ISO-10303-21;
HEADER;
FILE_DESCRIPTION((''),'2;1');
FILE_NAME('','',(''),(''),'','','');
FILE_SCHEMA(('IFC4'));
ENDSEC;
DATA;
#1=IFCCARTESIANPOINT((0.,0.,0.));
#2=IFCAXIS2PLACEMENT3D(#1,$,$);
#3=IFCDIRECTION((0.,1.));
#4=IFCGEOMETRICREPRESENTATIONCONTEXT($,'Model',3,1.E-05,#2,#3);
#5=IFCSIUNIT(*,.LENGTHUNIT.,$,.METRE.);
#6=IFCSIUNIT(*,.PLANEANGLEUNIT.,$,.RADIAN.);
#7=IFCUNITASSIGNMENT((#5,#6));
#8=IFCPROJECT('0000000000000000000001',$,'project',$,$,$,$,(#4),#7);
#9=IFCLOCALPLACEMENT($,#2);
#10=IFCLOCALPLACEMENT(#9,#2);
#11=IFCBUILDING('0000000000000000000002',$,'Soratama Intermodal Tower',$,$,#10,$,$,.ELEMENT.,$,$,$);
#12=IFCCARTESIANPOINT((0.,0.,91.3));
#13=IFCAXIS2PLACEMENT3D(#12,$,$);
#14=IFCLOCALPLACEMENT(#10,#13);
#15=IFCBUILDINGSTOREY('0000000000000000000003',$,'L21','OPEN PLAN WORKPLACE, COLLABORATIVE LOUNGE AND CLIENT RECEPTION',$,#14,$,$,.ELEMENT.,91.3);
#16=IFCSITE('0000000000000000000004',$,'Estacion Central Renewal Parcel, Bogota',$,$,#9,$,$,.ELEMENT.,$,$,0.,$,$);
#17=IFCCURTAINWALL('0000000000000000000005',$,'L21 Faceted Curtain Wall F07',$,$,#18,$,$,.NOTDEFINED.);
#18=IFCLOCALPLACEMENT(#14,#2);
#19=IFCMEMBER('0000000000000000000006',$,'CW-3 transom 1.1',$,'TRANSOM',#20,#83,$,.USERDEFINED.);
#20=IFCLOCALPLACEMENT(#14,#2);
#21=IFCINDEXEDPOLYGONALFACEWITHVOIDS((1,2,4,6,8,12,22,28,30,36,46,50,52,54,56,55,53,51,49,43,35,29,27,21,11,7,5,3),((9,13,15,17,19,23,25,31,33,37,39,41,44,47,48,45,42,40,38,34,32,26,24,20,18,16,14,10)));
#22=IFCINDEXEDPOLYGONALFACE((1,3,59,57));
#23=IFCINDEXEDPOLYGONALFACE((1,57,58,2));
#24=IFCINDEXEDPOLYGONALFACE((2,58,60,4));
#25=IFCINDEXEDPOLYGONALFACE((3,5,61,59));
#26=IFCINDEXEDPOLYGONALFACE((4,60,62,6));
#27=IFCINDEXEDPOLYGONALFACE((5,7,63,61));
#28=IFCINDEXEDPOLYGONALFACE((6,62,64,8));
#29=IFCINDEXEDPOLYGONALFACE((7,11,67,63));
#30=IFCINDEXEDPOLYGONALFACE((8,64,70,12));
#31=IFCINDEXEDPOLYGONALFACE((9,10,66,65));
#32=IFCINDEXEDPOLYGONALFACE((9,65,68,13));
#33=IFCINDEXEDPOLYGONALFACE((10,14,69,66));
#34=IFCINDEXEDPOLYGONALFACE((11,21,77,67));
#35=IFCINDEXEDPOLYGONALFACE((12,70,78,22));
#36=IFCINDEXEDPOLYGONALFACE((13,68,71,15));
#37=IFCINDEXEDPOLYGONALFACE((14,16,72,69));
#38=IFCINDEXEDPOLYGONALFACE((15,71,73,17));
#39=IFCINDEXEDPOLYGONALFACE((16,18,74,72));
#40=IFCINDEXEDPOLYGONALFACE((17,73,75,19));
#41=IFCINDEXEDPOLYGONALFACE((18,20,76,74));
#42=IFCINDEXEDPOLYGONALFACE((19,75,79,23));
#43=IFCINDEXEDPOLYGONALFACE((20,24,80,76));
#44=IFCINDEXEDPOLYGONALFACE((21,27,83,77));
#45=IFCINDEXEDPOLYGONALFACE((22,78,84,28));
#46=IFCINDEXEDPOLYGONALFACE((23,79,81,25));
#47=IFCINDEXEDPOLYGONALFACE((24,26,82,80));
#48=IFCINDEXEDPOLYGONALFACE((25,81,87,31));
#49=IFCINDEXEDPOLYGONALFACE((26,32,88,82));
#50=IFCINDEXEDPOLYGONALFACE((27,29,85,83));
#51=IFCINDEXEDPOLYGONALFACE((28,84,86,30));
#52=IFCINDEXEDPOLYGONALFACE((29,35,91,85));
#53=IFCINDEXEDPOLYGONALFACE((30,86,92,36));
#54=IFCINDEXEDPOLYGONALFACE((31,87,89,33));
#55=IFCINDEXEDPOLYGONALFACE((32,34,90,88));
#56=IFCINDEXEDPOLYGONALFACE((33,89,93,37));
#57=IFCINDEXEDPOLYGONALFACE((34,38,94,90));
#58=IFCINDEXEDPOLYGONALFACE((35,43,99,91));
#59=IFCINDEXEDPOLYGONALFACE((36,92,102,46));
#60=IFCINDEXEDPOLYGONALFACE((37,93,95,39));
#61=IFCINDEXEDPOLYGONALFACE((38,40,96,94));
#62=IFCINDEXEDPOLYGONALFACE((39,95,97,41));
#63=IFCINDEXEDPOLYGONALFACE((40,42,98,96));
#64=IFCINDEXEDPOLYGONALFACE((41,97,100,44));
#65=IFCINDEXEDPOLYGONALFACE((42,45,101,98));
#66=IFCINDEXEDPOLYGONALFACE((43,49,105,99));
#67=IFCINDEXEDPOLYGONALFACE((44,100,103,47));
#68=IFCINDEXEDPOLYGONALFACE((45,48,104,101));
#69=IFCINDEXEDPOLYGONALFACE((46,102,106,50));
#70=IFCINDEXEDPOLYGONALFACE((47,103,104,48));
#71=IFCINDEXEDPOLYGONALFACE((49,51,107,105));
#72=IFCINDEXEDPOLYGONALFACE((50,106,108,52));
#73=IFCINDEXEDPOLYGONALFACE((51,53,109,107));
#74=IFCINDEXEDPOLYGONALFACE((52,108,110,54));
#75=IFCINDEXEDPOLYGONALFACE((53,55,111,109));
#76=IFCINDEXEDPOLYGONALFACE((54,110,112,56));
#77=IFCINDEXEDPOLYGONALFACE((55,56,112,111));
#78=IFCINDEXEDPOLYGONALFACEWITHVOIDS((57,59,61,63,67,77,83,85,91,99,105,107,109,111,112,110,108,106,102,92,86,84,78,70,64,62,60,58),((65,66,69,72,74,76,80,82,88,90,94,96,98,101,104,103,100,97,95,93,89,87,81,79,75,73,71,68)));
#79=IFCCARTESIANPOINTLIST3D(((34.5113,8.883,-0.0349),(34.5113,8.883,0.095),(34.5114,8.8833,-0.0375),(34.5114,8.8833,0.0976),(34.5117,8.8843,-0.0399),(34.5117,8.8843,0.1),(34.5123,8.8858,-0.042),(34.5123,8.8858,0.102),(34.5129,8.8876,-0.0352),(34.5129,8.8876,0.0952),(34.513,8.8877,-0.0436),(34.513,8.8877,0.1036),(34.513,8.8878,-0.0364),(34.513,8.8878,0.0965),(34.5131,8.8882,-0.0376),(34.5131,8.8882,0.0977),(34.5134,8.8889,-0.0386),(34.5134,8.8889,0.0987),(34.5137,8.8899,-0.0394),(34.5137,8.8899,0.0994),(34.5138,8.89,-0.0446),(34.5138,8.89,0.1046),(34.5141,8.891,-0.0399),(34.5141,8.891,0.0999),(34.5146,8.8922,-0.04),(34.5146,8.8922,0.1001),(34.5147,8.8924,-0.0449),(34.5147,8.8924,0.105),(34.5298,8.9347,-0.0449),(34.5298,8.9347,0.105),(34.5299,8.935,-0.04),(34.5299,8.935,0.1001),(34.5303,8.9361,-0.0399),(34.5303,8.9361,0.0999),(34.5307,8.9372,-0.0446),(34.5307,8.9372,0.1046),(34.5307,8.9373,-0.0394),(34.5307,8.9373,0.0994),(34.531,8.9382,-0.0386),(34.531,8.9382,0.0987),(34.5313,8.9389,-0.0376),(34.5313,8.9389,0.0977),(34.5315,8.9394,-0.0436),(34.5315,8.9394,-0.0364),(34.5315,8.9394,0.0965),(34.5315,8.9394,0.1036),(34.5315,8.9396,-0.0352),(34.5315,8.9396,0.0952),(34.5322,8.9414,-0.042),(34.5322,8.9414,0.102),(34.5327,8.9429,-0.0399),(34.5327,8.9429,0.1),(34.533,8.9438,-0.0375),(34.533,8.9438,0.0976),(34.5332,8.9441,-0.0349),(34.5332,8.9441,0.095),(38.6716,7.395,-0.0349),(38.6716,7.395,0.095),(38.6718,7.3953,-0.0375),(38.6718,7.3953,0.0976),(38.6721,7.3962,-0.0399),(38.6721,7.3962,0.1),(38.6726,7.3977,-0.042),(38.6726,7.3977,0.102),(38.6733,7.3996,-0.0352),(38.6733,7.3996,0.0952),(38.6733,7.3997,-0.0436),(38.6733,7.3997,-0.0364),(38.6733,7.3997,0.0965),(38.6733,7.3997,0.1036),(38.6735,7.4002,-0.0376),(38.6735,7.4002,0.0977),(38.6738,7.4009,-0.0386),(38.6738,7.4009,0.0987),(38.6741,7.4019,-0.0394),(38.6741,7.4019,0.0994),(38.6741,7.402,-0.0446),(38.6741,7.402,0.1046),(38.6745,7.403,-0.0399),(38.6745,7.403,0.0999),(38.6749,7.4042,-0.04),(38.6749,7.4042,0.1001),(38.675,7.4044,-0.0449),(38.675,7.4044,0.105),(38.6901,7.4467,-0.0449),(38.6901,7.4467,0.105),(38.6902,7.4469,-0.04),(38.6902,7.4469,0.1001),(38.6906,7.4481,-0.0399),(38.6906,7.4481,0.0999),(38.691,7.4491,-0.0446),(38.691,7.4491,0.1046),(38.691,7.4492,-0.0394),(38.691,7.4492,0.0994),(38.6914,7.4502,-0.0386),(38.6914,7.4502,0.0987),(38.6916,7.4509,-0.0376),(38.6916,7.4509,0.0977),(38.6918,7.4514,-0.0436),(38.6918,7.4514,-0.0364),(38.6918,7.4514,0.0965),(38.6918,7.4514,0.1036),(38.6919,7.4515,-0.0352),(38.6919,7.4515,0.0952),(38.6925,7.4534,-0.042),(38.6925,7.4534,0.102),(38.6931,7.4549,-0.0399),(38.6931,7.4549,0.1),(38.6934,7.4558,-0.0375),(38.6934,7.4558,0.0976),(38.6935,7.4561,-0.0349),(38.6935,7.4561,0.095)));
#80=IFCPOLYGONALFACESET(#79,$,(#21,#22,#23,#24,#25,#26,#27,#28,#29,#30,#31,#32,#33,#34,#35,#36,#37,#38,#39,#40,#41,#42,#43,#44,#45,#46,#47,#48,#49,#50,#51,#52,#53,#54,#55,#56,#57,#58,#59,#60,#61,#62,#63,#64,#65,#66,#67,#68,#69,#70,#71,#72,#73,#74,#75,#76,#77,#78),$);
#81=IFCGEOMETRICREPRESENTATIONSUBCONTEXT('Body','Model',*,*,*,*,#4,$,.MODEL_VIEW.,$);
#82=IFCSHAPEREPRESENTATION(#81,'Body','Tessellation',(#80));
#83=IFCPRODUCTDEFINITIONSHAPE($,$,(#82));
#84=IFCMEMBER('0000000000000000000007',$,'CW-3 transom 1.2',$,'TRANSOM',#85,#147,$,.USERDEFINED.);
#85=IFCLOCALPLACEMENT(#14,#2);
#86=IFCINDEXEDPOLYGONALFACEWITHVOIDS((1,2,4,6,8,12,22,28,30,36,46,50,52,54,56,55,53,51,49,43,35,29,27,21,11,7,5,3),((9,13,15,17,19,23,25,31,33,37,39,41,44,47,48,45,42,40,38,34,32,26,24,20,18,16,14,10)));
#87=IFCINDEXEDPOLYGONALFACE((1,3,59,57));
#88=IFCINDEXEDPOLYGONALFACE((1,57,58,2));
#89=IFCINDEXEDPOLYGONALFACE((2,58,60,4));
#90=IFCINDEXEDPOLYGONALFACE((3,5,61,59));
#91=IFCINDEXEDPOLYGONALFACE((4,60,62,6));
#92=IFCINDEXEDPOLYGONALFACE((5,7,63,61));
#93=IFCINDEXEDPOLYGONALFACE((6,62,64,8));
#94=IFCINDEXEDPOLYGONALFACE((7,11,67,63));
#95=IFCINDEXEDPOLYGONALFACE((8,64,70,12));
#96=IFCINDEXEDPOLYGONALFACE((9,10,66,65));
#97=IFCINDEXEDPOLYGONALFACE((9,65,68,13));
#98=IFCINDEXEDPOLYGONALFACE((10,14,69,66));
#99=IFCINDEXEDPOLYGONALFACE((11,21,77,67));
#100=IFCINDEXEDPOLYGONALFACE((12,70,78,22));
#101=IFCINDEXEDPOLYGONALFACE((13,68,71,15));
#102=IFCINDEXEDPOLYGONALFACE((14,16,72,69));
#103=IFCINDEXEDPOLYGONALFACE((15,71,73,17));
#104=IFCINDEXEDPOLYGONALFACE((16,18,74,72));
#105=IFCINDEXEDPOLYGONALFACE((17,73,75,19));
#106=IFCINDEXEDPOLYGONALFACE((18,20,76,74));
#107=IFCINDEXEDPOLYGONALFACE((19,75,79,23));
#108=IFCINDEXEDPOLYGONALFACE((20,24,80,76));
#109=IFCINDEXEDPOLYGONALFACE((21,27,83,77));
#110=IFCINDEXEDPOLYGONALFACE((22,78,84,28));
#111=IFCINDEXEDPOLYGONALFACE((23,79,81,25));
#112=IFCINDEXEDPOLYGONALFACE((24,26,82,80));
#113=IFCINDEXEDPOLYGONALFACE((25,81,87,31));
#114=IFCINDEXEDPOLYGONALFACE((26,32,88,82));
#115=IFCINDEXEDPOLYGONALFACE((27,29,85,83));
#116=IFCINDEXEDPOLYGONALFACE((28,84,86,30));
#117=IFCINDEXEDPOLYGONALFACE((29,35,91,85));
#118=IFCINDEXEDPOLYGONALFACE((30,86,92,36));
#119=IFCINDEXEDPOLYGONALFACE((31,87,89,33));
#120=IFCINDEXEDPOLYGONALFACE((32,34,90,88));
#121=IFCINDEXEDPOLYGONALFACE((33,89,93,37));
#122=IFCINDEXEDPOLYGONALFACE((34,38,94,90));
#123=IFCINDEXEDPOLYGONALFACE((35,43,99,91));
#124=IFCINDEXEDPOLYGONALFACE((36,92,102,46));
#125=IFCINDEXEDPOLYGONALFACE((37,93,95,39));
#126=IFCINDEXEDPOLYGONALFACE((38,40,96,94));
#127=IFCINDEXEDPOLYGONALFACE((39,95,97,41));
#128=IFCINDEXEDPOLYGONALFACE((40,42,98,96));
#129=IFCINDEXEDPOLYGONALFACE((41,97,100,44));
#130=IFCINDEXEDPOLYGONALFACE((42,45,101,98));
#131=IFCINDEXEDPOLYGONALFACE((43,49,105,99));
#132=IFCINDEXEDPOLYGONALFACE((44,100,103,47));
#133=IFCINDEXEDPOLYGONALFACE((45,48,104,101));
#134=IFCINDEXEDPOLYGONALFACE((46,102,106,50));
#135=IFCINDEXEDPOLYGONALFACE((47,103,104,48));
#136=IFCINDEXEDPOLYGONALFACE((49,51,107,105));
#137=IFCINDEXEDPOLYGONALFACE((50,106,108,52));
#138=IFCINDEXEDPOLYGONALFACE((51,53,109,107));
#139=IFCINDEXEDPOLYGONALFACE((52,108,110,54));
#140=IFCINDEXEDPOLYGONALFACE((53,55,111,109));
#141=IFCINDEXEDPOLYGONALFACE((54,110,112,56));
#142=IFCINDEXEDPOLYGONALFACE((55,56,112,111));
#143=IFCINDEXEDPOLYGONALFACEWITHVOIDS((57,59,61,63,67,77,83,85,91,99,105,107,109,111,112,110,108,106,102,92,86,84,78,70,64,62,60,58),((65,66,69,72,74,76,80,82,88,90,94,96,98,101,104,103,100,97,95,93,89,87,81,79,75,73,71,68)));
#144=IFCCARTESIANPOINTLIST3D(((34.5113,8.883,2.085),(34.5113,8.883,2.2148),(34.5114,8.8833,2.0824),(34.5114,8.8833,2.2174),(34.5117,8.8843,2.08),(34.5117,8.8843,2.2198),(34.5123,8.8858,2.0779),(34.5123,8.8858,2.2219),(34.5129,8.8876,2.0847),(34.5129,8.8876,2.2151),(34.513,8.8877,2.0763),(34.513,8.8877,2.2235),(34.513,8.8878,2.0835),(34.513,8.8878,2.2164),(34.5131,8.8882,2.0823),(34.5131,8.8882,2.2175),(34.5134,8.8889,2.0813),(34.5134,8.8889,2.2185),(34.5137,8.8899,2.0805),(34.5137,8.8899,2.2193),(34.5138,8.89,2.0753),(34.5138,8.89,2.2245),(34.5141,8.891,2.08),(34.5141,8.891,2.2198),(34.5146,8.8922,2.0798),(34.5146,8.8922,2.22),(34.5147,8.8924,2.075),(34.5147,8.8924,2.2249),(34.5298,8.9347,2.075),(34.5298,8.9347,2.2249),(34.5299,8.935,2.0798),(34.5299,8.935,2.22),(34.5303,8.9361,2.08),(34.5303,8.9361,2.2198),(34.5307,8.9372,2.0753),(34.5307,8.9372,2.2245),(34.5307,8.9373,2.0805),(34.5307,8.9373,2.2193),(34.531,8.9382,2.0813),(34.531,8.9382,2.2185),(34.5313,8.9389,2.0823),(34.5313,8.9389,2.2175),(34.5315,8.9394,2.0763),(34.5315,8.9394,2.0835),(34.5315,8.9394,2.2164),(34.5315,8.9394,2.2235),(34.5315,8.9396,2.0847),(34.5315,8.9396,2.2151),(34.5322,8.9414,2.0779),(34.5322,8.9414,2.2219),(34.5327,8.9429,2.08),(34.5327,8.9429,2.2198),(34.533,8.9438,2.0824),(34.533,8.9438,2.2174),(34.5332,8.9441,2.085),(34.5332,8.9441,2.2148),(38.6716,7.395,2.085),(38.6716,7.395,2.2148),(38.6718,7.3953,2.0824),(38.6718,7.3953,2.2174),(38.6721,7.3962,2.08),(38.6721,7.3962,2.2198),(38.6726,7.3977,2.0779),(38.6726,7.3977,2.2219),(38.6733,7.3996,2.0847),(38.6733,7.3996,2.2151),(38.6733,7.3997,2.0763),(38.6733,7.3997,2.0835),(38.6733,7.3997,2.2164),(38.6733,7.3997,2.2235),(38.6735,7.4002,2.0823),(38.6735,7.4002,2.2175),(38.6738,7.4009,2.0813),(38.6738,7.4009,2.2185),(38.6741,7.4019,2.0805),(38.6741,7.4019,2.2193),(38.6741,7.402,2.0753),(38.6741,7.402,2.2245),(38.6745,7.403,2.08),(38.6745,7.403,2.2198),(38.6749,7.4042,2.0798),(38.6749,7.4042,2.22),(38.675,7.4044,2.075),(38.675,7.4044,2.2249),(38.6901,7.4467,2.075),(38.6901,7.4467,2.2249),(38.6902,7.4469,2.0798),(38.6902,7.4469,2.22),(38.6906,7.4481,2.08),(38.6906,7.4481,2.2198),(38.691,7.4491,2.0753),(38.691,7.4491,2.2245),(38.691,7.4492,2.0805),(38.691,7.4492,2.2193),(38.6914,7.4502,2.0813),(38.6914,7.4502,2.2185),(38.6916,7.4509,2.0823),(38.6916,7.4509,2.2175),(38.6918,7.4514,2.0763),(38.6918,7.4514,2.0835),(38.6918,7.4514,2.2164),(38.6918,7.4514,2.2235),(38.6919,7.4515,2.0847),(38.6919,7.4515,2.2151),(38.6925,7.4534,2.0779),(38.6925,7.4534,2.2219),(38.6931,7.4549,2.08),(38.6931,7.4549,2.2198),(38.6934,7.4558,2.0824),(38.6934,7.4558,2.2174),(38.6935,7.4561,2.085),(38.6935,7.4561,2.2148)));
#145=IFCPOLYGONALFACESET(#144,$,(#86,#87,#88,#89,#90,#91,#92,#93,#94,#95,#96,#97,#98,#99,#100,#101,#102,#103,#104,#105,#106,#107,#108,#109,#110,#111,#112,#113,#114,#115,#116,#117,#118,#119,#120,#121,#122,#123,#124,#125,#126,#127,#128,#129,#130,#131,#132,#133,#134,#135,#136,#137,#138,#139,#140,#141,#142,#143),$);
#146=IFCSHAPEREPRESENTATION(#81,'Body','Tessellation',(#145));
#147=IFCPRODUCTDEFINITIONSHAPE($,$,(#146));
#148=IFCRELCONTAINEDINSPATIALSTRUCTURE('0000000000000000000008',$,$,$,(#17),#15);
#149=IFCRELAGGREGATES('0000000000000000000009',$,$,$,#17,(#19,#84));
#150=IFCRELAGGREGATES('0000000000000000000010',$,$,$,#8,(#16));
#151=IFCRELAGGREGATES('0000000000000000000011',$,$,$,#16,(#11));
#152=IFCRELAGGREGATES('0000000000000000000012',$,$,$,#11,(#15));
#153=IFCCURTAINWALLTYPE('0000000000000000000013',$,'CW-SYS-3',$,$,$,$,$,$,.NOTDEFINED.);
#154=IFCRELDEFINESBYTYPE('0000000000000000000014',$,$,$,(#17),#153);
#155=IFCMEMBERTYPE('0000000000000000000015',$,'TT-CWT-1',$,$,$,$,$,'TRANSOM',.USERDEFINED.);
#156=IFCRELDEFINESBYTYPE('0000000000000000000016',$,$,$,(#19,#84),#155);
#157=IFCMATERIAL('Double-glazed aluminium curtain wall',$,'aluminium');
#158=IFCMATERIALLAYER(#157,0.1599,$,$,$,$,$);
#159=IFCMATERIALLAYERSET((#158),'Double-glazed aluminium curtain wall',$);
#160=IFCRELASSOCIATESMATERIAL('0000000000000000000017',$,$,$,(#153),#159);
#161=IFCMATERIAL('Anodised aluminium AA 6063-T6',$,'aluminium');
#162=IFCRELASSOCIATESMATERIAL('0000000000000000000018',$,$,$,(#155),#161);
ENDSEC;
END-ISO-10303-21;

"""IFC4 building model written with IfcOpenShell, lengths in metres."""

from ifc_helpers import new_model, si_unit, direction, frame, origin, origin_2d, place, context, subcontext, project, spatial, hollow_rectangle, extrude, material, layer, layer_set, material_profile, profile_set, type_object, element, aggregate, save


model = new_model("IFC4")

# Units and contexts
model_context = context("Model", 3, precision=1e-05, world=origin(), true_north=direction((0.0, 1.0)))
body_context = subcontext(model_context, "Body", "Model", "MODEL_VIEW")
ifc_project = project(units=[si_unit("LENGTHUNIT", "METRE"), si_unit("PLANEANGLEUNIT", "RADIAN")], contexts=[model_context])

# Site, building, storey
site_placement = place(None, origin())
site = spatial("IfcSite", under=ifc_project, at=site_placement, Name="Estacion Central Renewal Parcel, Bogota", CompositionType="ELEMENT", RefElevation=0.0)
building_placement = place(site_placement, origin())
building = spatial("IfcBuilding", under=site, at=building_placement, Name="Soratama Intermodal Tower", CompositionType="ELEMENT")
storey_placement = place(building_placement, frame((0.0, 0.0, 91.3)))
storey = spatial("IfcBuildingStorey", under=building, at=storey_placement, Name="L21", Description="OPEN PLAN WORKPLACE, COLLABORATIVE LOUNGE AND CLIENT RECEPTION", CompositionType="ELEMENT", Elevation=91.3)

# Curtain wall, members
ifc_material_1 = material(Name="Double-glazed aluminium curtain wall", Category="aluminium")
ifc_layer_1 = layer(ifc_material_1, 0.1599)
ifc_layer_set_1 = layer_set([ifc_layer_1], Name="Double-glazed aluminium curtain wall")
curtain_wall_type = type_object("IfcCurtainWallType", Name="CW-SYS-3", PredefinedType="NOTDEFINED", material=ifc_layer_set_1)
curtain_wall_placement = place(storey_placement, origin())
curtain_wall = element("IfcCurtainWall", 1, at=curtain_wall_placement, inside=storey, type_object=curtain_wall_type, Name="L21 Faceted Curtain Wall F07", PredefinedType="NOTDEFINED")
ifc_material_2 = material(Name="Anodised aluminium AA 6063-T6", Category="aluminium")
ifc_material_profile_1 = material_profile(ifc_material_2, hollow_rectangle(XDim=0.0649, YDim=0.1499, WallThickness=0.0049, InnerFilletRadius=0.0049, OuterFilletRadius=0.01, at=origin_2d()), Name="CWT150X65X5")
ifc_profile_set_1 = profile_set([ifc_material_profile_1], Name="Anodised aluminium AA 6063-T6")
member_type_1 = type_object("IfcMemberType", Name="TT-CWT-1", ElementType="TRANSOM", PredefinedType="USERDEFINED", material=ifc_profile_set_1)
member_1_placement = place(storey_placement, frame((34.5222, 8.9136, 0.03), z_axis=(0.941586, -0.336774, 0.0), x_axis=(0.336774, 0.941586, 0.0)))
member_1 = element("IfcMember", 2, at=member_1_placement, type_object=member_type_1, Name="CW-3 transom 1.1", ObjectType="TRANSOM", PredefinedType="USERDEFINED", context=body_context, shape_type="SweptSolid", body=[
    extrude(hollow_rectangle(XDim=0.0649, YDim=0.1499, WallThickness=0.0049, InnerFilletRadius=0.0049, OuterFilletRadius=0.01, at=origin_2d()), origin(), (0.0, 0.0, 1.0), 4.4185),
])
member_2_placement = place(storey_placement, frame((34.5222, 8.9136, 2.1499), z_axis=(0.941586, -0.336774, 0.0), x_axis=(0.336774, 0.941586, 0.0)))
member_2 = element("IfcMember", 3, at=member_2_placement, type_object=member_type_1, Name="CW-3 transom 1.2", ObjectType="TRANSOM", PredefinedType="USERDEFINED", context=body_context, shape_type="SweptSolid", body=[
    extrude(hollow_rectangle(XDim=0.0649, YDim=0.1499, WallThickness=0.0049, InnerFilletRadius=0.0049, OuterFilletRadius=0.01, at=origin_2d()), origin(), (0.0, 0.0, 1.0), 4.4185),
])
aggregate(curtain_wall, [member_1, member_2])

save(model, "model.ifc")
